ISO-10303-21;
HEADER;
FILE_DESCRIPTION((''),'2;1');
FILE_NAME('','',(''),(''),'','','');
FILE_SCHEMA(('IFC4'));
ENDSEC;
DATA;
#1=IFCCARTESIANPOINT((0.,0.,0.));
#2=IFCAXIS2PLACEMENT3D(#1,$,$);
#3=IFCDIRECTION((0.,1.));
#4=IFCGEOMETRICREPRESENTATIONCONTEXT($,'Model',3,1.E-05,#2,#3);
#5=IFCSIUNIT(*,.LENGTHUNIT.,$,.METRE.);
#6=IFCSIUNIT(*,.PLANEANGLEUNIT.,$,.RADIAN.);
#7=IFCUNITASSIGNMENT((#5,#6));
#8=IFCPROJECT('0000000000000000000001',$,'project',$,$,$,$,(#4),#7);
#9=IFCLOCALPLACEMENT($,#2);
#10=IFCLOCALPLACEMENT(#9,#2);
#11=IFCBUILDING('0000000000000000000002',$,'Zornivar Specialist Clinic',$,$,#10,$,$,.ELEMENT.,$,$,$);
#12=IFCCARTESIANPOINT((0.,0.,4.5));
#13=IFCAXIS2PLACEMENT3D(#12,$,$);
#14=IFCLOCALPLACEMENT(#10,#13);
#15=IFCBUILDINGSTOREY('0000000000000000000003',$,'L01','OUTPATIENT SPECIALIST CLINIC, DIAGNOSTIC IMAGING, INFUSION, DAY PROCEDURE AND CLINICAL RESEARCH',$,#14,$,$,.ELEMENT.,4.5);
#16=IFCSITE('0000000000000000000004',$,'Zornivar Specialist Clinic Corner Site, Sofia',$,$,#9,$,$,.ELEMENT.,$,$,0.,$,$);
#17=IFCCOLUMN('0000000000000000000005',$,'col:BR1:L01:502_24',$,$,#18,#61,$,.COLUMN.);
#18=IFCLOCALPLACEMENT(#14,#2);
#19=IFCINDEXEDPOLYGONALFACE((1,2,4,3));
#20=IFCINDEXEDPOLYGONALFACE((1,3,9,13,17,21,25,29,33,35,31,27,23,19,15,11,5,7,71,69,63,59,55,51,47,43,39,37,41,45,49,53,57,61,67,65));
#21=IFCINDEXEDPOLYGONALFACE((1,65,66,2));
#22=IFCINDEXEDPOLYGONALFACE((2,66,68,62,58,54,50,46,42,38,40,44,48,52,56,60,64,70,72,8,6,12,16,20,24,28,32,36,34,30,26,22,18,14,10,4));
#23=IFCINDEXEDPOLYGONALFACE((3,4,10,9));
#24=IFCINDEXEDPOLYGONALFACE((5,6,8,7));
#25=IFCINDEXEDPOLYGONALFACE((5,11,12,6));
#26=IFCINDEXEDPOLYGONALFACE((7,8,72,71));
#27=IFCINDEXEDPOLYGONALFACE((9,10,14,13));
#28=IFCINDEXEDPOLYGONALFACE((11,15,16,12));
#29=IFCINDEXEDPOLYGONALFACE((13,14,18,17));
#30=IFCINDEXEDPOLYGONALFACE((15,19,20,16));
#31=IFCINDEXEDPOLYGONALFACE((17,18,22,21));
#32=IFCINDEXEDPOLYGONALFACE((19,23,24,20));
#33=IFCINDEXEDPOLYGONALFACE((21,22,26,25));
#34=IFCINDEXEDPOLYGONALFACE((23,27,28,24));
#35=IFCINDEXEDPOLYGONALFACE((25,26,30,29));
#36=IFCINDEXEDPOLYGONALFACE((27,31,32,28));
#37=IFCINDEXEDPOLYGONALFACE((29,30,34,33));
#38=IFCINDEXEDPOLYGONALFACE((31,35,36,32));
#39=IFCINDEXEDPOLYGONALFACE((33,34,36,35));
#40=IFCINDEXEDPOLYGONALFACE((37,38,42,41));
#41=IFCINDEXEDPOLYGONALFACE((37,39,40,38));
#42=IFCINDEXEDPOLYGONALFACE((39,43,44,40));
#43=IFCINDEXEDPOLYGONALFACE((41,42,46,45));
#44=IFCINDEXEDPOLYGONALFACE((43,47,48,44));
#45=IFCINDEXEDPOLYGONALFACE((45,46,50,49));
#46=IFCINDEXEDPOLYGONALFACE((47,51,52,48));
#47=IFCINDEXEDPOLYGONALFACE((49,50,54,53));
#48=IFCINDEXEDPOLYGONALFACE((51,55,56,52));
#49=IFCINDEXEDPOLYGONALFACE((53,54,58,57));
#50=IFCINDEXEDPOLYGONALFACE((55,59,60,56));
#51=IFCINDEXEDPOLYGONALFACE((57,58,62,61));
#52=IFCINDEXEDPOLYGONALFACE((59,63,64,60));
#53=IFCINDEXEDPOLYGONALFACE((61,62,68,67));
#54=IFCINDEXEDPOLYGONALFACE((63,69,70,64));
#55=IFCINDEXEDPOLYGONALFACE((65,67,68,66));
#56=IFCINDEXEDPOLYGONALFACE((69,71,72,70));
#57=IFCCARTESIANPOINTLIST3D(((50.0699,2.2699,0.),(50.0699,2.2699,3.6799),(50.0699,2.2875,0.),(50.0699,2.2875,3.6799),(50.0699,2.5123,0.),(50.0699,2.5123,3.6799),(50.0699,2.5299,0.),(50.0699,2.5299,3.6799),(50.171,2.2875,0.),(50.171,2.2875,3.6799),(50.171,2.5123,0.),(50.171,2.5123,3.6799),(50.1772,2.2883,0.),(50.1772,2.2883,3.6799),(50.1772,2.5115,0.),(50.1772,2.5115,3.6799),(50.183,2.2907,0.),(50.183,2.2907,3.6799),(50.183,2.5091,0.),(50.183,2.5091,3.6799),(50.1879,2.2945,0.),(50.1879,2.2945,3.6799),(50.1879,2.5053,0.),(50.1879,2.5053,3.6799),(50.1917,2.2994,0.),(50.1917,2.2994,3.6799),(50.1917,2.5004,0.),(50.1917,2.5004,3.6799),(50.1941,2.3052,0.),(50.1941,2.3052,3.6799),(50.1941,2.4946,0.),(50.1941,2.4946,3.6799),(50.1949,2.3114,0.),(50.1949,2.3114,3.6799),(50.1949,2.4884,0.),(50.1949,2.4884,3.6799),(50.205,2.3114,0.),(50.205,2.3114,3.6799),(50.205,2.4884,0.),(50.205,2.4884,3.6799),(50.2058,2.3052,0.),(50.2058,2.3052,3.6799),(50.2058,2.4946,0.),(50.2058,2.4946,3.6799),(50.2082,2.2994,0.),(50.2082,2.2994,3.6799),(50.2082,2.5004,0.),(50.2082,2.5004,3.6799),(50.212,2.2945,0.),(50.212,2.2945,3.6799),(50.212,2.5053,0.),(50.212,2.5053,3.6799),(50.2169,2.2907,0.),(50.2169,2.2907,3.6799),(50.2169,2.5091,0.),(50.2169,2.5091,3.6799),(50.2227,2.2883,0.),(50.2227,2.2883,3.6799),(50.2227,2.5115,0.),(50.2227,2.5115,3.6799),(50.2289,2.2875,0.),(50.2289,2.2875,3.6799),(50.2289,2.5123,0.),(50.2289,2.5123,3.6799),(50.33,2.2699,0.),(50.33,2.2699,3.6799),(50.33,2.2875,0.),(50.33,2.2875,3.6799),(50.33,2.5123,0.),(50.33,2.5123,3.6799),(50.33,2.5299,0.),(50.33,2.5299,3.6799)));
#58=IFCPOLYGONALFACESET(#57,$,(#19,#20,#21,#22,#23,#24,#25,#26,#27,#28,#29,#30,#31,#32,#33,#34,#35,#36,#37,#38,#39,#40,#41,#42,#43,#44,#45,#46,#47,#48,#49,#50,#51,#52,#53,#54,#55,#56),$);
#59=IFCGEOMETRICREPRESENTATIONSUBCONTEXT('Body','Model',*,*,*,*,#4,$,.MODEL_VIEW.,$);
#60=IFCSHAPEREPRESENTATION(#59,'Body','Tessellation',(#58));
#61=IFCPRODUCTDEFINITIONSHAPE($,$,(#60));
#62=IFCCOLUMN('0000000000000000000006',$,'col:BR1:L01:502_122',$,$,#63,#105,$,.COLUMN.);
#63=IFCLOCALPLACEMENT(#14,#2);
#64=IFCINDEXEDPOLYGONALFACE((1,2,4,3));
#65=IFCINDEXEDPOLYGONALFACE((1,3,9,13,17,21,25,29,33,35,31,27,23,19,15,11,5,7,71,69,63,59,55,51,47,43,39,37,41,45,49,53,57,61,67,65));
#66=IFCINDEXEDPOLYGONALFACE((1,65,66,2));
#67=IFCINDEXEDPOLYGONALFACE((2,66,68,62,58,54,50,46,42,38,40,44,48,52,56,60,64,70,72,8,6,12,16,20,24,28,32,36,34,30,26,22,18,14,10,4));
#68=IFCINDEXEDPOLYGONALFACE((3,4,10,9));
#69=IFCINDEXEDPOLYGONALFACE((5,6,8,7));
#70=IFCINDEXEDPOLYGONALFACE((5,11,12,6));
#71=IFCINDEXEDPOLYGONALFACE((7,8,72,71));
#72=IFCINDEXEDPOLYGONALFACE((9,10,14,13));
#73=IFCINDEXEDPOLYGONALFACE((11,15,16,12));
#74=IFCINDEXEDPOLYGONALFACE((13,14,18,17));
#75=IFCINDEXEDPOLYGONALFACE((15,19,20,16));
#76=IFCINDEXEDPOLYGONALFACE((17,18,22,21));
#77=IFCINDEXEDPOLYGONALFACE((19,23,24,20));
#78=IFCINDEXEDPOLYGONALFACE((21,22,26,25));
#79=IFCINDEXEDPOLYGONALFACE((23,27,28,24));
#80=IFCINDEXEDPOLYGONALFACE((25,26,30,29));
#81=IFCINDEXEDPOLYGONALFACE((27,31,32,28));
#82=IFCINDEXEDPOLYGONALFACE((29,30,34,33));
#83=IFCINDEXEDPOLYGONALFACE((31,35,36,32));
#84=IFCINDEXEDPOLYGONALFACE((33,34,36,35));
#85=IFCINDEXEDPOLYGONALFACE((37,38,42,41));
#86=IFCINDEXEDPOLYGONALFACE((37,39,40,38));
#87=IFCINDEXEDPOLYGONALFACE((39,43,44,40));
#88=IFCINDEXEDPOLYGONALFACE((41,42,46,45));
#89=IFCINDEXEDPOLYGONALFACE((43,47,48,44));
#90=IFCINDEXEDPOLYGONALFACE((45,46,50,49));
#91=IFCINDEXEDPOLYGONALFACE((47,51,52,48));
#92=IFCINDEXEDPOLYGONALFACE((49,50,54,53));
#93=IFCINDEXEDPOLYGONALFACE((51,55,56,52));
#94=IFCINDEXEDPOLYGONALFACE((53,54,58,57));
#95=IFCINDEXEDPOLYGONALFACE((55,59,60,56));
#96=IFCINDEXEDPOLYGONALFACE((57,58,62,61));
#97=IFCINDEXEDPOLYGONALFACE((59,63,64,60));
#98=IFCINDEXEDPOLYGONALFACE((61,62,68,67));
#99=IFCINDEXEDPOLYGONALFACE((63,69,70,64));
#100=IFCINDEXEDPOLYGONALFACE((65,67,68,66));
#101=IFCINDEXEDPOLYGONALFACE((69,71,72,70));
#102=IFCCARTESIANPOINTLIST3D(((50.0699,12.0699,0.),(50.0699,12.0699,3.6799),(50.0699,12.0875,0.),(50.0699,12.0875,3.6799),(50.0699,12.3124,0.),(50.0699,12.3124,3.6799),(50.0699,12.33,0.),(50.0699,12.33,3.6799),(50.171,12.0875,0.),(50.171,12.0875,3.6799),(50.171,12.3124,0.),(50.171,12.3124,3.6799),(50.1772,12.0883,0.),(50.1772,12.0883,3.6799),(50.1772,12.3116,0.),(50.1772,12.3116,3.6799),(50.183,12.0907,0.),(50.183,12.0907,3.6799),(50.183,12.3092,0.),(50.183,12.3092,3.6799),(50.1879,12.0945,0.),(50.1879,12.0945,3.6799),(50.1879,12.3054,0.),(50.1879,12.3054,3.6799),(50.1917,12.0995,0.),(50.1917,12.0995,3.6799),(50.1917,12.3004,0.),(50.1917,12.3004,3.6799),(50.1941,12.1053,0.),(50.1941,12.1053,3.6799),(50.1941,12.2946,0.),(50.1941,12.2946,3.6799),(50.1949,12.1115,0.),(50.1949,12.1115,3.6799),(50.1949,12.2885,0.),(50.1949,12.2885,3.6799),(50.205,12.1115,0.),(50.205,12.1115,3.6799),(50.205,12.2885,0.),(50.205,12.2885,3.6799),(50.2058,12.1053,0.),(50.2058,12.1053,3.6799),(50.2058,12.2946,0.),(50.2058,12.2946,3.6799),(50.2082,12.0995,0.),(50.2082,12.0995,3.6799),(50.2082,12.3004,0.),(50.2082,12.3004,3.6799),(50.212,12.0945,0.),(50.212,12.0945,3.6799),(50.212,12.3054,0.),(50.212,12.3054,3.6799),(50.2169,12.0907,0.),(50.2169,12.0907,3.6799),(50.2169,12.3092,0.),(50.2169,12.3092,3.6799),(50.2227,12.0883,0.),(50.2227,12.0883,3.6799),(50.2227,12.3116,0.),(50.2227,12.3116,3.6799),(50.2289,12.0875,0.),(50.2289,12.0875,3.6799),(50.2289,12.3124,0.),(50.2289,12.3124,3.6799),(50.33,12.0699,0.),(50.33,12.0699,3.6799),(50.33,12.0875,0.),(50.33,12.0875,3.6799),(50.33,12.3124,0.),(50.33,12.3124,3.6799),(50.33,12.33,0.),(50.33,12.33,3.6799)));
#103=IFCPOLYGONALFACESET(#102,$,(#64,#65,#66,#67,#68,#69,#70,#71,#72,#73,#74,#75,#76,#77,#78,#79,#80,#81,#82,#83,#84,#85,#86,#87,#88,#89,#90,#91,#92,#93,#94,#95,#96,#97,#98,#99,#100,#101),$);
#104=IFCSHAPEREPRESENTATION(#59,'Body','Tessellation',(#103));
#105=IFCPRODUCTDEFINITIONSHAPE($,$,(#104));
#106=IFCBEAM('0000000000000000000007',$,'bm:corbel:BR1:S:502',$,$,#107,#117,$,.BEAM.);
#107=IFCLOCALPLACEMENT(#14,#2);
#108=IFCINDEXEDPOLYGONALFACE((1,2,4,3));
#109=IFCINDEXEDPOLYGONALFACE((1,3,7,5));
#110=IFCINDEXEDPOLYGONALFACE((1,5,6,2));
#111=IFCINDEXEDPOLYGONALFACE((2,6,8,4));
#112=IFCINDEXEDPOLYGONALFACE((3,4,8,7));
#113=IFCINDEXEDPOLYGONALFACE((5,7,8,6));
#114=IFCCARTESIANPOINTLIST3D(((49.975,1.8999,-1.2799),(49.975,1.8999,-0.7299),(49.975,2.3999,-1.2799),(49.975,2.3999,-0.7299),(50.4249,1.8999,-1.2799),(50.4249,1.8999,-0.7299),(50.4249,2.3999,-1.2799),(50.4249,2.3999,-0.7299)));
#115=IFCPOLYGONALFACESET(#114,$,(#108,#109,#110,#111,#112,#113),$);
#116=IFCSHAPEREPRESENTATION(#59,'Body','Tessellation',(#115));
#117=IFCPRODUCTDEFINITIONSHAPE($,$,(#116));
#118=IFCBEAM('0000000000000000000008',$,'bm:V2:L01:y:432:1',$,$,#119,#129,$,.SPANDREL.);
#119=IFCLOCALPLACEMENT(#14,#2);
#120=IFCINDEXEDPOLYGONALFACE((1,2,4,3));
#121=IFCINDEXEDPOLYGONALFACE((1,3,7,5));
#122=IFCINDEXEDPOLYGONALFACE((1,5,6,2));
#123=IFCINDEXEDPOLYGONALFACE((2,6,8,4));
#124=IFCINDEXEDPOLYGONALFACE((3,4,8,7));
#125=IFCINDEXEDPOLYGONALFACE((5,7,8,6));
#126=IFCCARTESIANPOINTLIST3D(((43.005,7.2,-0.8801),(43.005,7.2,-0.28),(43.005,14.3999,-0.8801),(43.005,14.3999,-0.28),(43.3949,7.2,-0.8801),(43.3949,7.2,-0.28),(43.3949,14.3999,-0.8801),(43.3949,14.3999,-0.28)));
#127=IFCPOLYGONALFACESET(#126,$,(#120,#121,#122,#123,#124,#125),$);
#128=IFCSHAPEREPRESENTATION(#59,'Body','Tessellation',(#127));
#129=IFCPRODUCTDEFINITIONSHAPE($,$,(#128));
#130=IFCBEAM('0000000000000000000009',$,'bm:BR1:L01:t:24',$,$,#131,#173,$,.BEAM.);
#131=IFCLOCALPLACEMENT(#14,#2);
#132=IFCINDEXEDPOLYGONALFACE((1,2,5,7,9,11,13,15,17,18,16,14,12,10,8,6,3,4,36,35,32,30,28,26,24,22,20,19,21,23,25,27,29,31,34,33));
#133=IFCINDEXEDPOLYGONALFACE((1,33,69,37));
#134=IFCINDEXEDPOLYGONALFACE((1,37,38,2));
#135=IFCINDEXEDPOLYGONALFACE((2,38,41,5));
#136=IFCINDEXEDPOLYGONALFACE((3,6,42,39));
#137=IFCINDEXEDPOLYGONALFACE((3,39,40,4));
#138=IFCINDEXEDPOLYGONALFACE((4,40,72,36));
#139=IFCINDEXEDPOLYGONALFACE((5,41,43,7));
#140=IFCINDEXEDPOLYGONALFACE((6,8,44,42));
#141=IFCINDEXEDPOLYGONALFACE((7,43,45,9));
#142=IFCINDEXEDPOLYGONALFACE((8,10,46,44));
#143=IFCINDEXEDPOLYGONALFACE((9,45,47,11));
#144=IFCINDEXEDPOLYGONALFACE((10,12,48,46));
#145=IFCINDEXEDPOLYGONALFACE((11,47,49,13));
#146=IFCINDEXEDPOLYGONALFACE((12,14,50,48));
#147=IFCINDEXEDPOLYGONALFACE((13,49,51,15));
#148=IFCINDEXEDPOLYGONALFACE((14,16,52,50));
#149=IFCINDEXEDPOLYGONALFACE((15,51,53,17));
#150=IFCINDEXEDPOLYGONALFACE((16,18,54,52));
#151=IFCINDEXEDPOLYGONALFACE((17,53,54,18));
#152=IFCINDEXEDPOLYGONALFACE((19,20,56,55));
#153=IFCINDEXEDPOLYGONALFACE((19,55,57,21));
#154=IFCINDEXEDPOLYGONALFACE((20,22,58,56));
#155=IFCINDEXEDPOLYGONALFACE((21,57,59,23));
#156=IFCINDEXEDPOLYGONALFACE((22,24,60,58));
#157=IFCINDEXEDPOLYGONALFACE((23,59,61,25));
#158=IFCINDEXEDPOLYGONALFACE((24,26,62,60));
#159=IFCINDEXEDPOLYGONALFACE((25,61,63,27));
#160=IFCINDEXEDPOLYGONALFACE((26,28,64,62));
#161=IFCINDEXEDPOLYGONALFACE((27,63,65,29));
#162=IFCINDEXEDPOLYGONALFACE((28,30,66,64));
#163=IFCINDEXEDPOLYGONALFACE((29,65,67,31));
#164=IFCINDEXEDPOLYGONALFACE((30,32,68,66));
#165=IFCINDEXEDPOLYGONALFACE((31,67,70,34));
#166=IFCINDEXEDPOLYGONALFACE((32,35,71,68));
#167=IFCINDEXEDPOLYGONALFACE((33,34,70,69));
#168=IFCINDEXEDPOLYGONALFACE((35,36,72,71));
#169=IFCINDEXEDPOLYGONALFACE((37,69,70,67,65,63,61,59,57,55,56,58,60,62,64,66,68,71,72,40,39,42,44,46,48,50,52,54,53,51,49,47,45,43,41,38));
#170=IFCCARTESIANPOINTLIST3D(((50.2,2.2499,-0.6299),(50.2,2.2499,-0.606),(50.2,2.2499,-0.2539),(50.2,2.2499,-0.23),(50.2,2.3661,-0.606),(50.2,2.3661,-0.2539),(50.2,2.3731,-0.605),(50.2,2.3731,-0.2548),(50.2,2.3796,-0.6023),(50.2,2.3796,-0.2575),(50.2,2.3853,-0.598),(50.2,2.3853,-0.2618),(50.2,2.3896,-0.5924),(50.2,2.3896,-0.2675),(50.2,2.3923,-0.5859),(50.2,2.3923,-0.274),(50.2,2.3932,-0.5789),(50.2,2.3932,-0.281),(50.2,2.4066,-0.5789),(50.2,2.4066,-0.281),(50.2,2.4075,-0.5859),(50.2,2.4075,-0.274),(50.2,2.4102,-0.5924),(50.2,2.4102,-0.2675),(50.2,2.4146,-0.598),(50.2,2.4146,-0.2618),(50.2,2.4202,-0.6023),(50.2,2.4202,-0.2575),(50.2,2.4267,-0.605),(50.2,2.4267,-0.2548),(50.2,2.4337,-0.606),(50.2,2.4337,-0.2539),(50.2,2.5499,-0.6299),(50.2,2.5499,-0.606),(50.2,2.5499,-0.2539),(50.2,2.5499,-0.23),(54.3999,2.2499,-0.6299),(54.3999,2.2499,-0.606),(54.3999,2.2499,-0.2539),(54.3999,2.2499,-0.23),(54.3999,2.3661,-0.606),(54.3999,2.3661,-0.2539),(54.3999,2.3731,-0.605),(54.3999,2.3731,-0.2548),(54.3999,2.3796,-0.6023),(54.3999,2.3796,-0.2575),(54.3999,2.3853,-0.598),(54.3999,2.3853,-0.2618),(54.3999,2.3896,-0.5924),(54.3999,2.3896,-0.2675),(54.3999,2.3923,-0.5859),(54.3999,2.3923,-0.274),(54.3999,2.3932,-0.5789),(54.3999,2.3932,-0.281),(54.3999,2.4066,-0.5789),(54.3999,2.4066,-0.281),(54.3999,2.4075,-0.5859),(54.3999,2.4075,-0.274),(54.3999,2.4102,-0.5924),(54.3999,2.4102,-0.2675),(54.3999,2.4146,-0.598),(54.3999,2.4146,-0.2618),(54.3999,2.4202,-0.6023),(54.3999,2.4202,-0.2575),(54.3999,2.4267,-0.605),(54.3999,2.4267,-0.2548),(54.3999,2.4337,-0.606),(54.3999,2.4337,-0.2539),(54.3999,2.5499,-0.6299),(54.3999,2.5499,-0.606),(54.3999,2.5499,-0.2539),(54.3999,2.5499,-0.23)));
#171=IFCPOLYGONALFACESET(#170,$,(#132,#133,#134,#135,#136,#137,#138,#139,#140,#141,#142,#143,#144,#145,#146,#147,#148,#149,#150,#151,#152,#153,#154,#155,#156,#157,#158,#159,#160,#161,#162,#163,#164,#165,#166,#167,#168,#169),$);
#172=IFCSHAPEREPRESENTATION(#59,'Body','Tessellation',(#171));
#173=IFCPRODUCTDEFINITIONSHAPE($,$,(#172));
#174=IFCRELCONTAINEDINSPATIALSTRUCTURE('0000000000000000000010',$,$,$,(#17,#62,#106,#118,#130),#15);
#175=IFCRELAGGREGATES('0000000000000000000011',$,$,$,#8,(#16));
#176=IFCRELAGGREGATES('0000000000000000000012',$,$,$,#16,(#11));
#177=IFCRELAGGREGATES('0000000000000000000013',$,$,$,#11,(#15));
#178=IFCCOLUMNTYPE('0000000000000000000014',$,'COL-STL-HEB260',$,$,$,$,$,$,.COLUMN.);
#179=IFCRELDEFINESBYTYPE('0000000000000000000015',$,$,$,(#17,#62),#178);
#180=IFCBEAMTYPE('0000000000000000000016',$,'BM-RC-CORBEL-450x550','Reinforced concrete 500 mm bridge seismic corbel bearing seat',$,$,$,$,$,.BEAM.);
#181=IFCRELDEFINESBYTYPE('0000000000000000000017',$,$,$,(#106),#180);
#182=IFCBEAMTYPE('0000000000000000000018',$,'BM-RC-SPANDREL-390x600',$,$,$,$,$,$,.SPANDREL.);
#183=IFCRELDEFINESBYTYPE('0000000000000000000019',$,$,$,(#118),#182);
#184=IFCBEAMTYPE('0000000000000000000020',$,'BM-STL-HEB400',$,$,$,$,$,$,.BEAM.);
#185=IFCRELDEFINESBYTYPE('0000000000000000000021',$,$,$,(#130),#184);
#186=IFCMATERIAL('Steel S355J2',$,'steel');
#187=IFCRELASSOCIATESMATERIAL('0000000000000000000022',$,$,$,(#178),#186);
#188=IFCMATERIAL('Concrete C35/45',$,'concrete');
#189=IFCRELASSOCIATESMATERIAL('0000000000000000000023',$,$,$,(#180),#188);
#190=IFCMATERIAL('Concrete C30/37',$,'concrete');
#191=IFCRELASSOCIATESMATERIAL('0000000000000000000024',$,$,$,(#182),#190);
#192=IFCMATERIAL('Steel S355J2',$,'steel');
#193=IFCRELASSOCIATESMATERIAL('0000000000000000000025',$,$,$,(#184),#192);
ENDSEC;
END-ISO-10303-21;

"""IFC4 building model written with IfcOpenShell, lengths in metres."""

from ifc_helpers import new_model, si_unit, direction, frame, origin, origin_2d, place, context, subcontext, project, spatial, rectangle, i_section, extrude, material, material_profile, profile_set, type_object, element, save


model = new_model("IFC4")

# Units and contexts
model_context = context("Model", 3, precision=1e-05, world=origin(), true_north=direction((0.0, 1.0)))
body_context = subcontext(model_context, "Body", "Model", "MODEL_VIEW")
ifc_project = project(units=[si_unit("LENGTHUNIT", "METRE"), si_unit("PLANEANGLEUNIT", "RADIAN")], contexts=[model_context])

# Site, building, storey
site_placement = place(None, origin())
site = spatial("IfcSite", under=ifc_project, at=site_placement, Name="Zornivar Specialist Clinic Corner Site, Sofia", CompositionType="ELEMENT", RefElevation=0.0)
building_placement = place(site_placement, origin())
building = spatial("IfcBuilding", under=site, at=building_placement, Name="Zornivar Specialist Clinic", CompositionType="ELEMENT")
storey_placement = place(building_placement, frame((0.0, 0.0, 4.5)))
storey = spatial("IfcBuildingStorey", under=building, at=storey_placement, Name="L01", Description="OUTPATIENT SPECIALIST CLINIC, DIAGNOSTIC IMAGING, INFUSION, DAY PROCEDURE AND CLINICAL RESEARCH", CompositionType="ELEMENT", Elevation=4.5)

# Columns
ifc_material_1 = material(Name="Steel S355J2", Category="steel")
ifc_material_profile_1 = material_profile(ifc_material_1, i_section(OverallWidth=0.26, OverallDepth=0.26, WebThickness=0.01, FlangeThickness=0.0176, FilletRadius=0.0239, at=origin_2d()), Name="HEB 260")
ifc_profile_set_1 = profile_set([ifc_material_profile_1], Name="Steel S355J2")
column_type = type_object("IfcColumnType", Name="COL-STL-HEB260", PredefinedType="COLUMN", material=ifc_profile_set_1)
for number, where, z_axis, x_axis, name in (
    (1, (50.2, 2.3999, 0.0), (0.0, 0.0, 1.0), (1.0, 0.0, 0.0), "col:BR1:L01:502_24"),
    (2, (50.2, 12.2, 0.0), (0.0, 0.0, 1.0), (1.0, 0.0, 0.0), "col:BR1:L01:502_122"),
):
    element("IfcColumn", number, at=place(storey_placement, frame(where, z_axis=z_axis, x_axis=x_axis)), inside=storey, type_object=column_type, Name=name, PredefinedType="COLUMN", context=body_context, shape_type="SweptSolid", body=[
        extrude(i_section(OverallWidth=0.26, OverallDepth=0.26, WebThickness=0.01, FlangeThickness=0.0176, FilletRadius=0.0239, at=origin_2d()), origin(), (0.0, 0.0, 1.0), 3.6799),
    ])

# Beams
ifc_material_2 = material(Name="Concrete C35/45", Category="concrete")
ifc_material_profile_2 = material_profile(ifc_material_2, rectangle(XDim=0.45, YDim=0.55, at=origin_2d()), Name="RC 450x550")
ifc_profile_set_2 = profile_set([ifc_material_profile_2], Name="Concrete C35/45")
beam_type_1 = type_object("IfcBeamType", Name="BM-RC-CORBEL-450x550", Description="Reinforced concrete 500 mm bridge seismic corbel bearing seat", PredefinedType="BEAM", material=ifc_profile_set_2)
beam_1_placement = place(storey_placement, frame((50.2, 2.3999, -1.0049), z_axis=(0.0, -1.0, 0.0), x_axis=(1.0, 0.0, 0.0)))
element("IfcBeam", 3, at=beam_1_placement, inside=storey, type_object=beam_type_1, Name="bm:corbel:BR1:S:502", PredefinedType="BEAM", context=body_context, shape_type="SweptSolid", body=[
    extrude(rectangle(XDim=0.45, YDim=0.55, at=origin_2d()), origin(), (0.0, 0.0, 1.0), 0.5),
])
ifc_material_3 = material(Name="Concrete C30/37", Category="concrete")
ifc_material_profile_3 = material_profile(ifc_material_3, rectangle(XDim=0.3899, YDim=0.6001, at=origin_2d()), Name="RC 390x600")
ifc_profile_set_3 = profile_set([ifc_material_profile_3], Name="Concrete C30/37")
beam_type_2 = type_object("IfcBeamType", Name="BM-RC-SPANDREL-390x600", PredefinedType="SPANDREL", material=ifc_profile_set_3)
beam_2_placement = place(storey_placement, frame((43.2, 7.2, -0.5801), z_axis=(0.0, 1.0, 0.0), x_axis=(-1.0, 0.0, 0.0)))
element("IfcBeam", 4, at=beam_2_placement, inside=storey, type_object=beam_type_2, Name="bm:V2:L01:y:432:1", PredefinedType="SPANDREL", context=body_context, shape_type="SweptSolid", body=[
    extrude(rectangle(XDim=0.3899, YDim=0.6001, at=origin_2d()), origin(), (0.0, 0.0, 1.0), 7.2),
])
ifc_material_4 = material(Name="Steel S355J2", Category="steel")
ifc_material_profile_4 = material_profile(ifc_material_4, i_section(OverallWidth=0.3, OverallDepth=0.3999, WebThickness=0.0134, FlangeThickness=0.0239, FilletRadius=0.0271, at=origin_2d()), Name="HEB 400")
ifc_profile_set_4 = profile_set([ifc_material_profile_4], Name="Steel S355J2")
beam_type_3 = type_object("IfcBeamType", Name="BM-STL-HEB400", PredefinedType="BEAM", material=ifc_profile_set_4)
for number, where, z_axis, x_axis, name in (
    (5, (50.2, 2.3999, -0.4299), (1.0, 0.0, 0.0), (0.0, 1.0, 0.0), "bm:BR1:L01:t:24"),
):
    element("IfcBeam", number, at=place(storey_placement, frame(where, z_axis=z_axis, x_axis=x_axis)), inside=storey, type_object=beam_type_3, Name=name, PredefinedType="BEAM", context=body_context, shape_type="SweptSolid", body=[
        extrude(i_section(OverallWidth=0.3, OverallDepth=0.3999, WebThickness=0.0134, FlangeThickness=0.0239, FilletRadius=0.0271, at=origin_2d()), origin(), (0.0, 0.0, 1.0), 4.2),
    ])

save(model, "model.ifc")
